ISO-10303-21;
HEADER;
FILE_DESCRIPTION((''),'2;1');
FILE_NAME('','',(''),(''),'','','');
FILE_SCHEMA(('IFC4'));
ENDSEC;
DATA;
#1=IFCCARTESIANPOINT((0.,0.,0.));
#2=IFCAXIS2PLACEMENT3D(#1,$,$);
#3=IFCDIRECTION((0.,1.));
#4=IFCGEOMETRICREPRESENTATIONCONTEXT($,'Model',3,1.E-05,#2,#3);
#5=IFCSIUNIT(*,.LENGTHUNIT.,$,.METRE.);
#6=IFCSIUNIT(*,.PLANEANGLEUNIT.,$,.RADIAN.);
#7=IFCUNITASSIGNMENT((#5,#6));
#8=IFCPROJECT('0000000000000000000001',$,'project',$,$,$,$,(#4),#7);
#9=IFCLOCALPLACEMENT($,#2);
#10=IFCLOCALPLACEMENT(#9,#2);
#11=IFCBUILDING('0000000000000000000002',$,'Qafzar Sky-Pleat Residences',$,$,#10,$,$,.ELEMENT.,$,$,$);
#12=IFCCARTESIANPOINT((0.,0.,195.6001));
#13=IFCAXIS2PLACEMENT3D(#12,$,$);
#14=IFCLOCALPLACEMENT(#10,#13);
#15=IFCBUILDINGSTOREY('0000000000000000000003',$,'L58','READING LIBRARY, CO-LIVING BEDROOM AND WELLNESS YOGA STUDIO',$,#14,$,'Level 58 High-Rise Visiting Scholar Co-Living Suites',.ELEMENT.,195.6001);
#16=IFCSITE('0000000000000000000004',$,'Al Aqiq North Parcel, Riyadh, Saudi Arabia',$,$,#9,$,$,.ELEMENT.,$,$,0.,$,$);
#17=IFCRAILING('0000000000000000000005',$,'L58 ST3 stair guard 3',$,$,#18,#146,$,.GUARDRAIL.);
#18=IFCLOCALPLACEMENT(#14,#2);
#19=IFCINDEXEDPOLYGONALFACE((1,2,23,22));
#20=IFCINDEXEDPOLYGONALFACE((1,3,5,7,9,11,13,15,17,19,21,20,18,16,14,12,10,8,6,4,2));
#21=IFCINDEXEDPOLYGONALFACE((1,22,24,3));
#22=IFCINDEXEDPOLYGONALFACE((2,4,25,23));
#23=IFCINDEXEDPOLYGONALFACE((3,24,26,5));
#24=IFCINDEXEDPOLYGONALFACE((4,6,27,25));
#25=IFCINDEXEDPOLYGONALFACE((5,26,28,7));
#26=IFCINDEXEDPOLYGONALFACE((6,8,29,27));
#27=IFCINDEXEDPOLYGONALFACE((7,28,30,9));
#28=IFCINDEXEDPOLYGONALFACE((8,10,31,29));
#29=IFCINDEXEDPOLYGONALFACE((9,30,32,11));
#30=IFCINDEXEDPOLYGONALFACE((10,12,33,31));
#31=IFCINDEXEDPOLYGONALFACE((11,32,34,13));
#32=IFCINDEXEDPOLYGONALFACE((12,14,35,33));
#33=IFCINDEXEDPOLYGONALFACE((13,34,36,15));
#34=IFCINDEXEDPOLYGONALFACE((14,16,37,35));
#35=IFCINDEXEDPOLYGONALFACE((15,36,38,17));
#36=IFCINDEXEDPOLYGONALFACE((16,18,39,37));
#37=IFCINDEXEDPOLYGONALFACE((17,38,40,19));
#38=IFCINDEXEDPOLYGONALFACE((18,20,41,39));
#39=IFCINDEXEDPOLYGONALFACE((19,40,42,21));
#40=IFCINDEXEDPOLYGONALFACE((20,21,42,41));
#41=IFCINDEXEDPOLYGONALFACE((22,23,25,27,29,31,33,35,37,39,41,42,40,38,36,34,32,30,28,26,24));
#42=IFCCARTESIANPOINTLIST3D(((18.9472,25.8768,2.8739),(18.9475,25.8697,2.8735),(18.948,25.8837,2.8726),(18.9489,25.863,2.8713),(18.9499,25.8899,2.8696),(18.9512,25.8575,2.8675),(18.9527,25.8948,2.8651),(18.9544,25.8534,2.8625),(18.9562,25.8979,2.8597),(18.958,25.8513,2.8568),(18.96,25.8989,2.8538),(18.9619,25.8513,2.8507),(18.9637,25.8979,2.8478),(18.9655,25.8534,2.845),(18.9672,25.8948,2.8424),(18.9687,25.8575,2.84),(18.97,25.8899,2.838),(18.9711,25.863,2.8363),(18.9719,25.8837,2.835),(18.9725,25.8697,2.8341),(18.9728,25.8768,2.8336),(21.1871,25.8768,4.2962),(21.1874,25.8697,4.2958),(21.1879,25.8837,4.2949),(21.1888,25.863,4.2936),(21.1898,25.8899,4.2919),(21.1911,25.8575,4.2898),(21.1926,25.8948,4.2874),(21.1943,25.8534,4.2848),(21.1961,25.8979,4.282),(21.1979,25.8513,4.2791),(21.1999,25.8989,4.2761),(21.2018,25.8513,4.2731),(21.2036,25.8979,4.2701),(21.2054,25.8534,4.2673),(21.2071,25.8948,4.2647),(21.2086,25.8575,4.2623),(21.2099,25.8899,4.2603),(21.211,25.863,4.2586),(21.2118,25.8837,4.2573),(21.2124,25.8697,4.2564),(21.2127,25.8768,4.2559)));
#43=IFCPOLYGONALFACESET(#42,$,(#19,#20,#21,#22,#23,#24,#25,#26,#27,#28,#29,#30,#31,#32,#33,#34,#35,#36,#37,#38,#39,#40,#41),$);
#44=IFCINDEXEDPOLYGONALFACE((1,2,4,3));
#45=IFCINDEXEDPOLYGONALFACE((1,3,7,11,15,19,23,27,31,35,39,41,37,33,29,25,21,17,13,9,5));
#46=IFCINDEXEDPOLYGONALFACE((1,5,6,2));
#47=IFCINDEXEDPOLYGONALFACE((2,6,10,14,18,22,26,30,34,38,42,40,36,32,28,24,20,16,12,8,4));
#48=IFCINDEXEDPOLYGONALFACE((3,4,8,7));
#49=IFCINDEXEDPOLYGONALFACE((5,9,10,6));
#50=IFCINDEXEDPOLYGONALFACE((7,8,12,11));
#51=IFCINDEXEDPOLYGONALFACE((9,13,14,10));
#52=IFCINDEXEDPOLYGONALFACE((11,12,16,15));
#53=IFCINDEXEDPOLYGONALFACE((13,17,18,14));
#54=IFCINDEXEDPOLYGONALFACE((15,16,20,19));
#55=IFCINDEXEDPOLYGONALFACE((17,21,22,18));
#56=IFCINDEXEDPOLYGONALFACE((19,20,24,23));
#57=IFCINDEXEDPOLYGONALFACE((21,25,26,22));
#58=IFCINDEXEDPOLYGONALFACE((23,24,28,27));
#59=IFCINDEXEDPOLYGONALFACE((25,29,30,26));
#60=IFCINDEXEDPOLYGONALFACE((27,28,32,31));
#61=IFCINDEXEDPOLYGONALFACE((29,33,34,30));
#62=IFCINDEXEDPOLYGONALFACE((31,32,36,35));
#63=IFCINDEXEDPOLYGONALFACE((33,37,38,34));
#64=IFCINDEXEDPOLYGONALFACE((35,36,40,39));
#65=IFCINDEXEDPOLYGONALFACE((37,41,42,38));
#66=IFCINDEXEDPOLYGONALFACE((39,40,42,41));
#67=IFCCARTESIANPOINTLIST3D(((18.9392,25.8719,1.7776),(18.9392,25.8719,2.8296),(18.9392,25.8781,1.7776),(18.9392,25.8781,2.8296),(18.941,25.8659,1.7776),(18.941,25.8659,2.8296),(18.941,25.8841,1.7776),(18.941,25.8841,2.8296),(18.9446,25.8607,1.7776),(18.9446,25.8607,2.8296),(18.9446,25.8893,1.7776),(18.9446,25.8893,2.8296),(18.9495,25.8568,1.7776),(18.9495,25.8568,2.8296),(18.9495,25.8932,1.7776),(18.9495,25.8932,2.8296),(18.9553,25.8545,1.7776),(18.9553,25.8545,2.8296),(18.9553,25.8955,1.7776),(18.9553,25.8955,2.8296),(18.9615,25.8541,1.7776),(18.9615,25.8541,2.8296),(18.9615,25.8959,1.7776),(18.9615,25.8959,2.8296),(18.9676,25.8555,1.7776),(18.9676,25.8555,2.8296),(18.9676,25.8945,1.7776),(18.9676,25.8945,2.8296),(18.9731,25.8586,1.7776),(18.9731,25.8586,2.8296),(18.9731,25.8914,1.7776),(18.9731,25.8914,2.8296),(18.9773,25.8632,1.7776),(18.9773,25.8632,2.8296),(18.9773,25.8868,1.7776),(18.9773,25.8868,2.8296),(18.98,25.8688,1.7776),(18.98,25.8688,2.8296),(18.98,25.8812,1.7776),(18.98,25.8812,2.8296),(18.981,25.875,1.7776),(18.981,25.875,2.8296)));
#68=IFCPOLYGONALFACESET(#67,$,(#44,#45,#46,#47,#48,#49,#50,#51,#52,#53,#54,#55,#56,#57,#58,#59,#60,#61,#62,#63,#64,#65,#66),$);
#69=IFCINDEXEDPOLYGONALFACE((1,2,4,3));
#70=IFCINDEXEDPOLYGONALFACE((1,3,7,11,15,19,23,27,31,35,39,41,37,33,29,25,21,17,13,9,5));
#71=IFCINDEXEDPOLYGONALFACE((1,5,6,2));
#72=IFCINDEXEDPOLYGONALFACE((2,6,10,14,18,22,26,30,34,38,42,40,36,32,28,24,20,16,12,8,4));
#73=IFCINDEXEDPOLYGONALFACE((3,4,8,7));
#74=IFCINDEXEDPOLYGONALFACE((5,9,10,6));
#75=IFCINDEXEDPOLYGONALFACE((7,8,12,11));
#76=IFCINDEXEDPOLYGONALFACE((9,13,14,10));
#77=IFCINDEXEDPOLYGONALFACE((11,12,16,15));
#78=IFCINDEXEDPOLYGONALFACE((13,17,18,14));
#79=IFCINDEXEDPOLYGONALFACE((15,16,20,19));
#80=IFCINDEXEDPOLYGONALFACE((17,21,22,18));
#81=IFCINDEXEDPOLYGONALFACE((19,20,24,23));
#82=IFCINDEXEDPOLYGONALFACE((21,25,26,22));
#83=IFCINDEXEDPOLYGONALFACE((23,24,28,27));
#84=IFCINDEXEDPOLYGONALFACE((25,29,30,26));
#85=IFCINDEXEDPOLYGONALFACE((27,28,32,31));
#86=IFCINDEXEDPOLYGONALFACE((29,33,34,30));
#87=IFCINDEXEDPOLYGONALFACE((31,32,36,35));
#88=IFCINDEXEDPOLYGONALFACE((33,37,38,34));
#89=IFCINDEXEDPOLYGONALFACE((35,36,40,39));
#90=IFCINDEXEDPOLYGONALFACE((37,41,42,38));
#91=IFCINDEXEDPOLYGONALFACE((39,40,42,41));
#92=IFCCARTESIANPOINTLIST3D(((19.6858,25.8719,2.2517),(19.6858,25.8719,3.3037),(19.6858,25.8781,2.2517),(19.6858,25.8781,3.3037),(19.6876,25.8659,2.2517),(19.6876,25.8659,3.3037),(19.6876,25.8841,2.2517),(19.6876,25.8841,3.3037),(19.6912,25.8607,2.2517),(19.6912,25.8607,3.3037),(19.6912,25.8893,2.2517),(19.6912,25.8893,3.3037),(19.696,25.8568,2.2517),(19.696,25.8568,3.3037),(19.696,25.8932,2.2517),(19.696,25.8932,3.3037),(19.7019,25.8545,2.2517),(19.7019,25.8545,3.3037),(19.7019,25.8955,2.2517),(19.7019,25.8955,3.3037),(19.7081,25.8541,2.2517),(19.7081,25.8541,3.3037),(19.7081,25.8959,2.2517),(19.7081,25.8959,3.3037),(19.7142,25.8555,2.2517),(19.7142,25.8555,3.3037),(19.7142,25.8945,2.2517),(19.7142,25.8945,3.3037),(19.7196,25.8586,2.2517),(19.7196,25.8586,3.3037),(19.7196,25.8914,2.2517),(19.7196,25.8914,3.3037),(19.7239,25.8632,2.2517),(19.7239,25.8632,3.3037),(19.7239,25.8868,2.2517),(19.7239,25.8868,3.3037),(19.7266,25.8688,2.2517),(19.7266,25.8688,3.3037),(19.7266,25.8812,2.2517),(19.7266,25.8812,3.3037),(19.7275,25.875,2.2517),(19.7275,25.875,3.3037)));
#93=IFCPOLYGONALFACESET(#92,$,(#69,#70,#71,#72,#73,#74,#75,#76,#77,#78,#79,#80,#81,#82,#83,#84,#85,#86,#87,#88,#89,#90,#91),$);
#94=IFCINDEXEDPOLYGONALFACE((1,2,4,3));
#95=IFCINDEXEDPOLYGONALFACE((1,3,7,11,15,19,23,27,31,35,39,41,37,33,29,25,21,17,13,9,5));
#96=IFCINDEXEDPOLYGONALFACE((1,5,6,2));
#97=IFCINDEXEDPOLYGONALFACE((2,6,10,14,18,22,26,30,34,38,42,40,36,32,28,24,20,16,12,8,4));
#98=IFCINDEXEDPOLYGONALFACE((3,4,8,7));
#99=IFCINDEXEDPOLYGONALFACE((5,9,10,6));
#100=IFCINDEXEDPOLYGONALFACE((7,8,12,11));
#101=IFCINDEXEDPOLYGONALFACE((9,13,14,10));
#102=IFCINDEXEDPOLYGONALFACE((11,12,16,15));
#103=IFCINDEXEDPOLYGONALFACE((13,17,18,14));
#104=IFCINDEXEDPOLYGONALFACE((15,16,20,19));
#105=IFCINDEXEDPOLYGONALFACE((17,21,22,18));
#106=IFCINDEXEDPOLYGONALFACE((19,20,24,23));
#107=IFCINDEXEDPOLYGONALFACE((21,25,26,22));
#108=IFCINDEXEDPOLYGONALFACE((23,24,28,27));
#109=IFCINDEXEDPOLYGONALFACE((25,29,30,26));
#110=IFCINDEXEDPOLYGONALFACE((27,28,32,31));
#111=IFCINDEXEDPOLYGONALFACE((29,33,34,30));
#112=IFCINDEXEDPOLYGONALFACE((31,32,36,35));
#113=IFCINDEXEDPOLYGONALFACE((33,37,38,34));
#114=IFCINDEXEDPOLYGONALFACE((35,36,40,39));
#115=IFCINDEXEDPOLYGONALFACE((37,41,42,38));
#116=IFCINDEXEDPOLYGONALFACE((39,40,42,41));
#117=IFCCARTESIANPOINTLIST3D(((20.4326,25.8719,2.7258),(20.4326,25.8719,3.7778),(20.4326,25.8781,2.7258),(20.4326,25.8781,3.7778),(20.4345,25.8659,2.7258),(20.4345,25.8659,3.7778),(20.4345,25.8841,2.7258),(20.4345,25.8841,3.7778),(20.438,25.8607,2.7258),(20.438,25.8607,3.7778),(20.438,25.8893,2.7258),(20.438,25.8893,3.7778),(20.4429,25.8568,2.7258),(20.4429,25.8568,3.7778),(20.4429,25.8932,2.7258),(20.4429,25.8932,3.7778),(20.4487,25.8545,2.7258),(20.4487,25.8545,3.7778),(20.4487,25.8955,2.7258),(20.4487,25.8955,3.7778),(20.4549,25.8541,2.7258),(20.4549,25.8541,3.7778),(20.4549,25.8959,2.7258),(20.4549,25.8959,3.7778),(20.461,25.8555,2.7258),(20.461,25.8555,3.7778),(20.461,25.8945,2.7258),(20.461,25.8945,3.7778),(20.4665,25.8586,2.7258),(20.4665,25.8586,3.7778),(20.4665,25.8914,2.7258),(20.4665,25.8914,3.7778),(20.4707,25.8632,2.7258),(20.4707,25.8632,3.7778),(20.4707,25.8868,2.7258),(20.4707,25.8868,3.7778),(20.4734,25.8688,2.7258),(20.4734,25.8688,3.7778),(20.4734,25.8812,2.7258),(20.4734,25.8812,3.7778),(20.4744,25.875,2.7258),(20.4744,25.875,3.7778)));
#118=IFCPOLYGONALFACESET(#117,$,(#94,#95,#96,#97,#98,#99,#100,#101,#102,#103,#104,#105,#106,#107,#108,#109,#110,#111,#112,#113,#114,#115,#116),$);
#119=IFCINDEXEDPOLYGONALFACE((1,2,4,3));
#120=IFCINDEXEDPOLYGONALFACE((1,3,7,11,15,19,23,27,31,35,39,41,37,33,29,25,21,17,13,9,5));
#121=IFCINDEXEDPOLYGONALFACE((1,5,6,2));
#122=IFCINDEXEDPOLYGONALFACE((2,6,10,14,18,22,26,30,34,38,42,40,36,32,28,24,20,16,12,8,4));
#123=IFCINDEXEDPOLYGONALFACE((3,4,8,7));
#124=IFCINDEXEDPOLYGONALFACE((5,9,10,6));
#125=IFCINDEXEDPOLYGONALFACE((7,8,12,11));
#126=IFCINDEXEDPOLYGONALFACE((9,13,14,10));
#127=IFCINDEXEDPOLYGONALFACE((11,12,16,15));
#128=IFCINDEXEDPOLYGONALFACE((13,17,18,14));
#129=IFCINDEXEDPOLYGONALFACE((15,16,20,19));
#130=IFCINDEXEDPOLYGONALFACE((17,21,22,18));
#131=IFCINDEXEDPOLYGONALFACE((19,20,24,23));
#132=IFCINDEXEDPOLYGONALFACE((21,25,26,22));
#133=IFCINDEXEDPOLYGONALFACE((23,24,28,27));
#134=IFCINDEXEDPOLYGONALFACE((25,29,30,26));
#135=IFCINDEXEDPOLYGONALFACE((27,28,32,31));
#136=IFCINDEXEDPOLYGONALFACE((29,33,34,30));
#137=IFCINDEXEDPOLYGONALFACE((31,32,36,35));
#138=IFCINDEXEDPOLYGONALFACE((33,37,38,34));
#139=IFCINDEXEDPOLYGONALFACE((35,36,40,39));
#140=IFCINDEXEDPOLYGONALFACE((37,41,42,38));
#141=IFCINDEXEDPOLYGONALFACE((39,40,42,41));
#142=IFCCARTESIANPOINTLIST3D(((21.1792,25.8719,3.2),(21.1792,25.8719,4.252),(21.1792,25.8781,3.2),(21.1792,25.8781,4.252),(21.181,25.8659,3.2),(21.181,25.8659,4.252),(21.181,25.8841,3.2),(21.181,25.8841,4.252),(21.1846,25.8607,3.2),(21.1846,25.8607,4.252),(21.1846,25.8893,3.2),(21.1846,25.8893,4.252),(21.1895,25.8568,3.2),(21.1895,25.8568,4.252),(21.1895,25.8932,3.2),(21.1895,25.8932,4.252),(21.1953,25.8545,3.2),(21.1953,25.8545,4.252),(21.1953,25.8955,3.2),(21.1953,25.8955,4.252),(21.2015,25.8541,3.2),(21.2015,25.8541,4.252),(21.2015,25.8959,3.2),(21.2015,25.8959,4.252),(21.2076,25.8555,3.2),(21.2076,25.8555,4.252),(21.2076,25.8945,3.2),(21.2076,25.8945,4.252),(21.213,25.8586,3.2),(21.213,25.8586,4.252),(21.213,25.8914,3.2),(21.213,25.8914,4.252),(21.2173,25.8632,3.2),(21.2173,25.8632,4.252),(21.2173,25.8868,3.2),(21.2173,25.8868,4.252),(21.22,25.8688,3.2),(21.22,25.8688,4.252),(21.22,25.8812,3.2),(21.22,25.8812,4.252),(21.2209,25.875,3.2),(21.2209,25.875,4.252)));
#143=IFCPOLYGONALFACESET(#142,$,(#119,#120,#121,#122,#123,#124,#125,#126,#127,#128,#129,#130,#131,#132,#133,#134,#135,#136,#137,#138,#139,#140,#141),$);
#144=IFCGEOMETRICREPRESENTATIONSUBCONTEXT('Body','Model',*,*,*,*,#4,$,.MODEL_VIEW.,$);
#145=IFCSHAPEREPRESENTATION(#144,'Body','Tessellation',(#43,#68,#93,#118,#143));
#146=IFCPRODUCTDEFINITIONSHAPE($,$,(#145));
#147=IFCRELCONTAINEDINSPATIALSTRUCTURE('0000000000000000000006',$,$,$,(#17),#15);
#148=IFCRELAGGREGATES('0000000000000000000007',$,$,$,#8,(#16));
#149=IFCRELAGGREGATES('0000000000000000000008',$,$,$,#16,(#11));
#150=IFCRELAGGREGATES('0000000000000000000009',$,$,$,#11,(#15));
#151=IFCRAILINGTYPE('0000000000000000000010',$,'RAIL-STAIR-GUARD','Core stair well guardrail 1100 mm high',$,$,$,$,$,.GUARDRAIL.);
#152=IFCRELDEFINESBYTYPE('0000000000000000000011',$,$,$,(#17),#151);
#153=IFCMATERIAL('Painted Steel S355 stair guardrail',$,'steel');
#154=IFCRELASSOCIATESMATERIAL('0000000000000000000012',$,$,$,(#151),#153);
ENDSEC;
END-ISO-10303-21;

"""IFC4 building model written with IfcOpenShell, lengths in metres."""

from ifc_helpers import new_model, si_unit, direction, frame, origin, origin_2d, place, context, subcontext, project, spatial, circle, extrude, source, transform, mapped, material, type_object, element, save


model = new_model("IFC4")

# Units and contexts
model_context = context("Model", 3, precision=1e-05, world=origin(), true_north=direction((0.0, 1.0)))
body_context = subcontext(model_context, "Body", "Model", "MODEL_VIEW")
ifc_project = project(units=[si_unit("LENGTHUNIT", "METRE"), si_unit("PLANEANGLEUNIT", "RADIAN")], contexts=[model_context])

# Site, building, storey
site_placement = place(None, origin())
site = spatial("IfcSite", under=ifc_project, at=site_placement, Name="Al Aqiq North Parcel, Riyadh, Saudi Arabia", CompositionType="ELEMENT", RefElevation=0.0)
building_placement = place(site_placement, origin())
building = spatial("IfcBuilding", under=site, at=building_placement, Name="Qafzar Sky-Pleat Residences", CompositionType="ELEMENT")
storey_placement = place(building_placement, frame((0.0, 0.0, 195.6001)))
storey = spatial("IfcBuildingStorey", under=building, at=storey_placement, Name="L58", Description="READING LIBRARY, CO-LIVING BEDROOM AND WELLNESS YOGA STUDIO", LongName="Level 58 High-Rise Visiting Scholar Co-Living Suites", CompositionType="ELEMENT", Elevation=195.6001)

# Railing
ifc_material_1 = material(Name="Painted Steel S355 stair guardrail", Category="steel")
railing_type_1 = type_object("IfcRailingType", Name="RAIL-STAIR-GUARD", Description="Core stair well guardrail 1100 mm high", PredefinedType="GUARDRAIL", material=ifc_material_1)
shared_shape_1 = source(origin(), body_context, "Body", "SweptSolid", [
    extrude(circle(Radius=0.0239, at=origin_2d()), frame((0.0, 0.0, 1.0762), z_axis=(0.844188, 0.0, 0.536048), x_axis=(0.0, 1.0, 0.0)), (0.0, 0.0, 1.0), 2.6533),
    extrude(circle(Radius=0.021, at=origin_2d()), origin(), (0.0, 0.0, 1.0), 1.052),
    extrude(circle(Radius=0.021, at=origin_2d()), frame((0.7466, 0.0, 0.4741)), (0.0, 0.0, 1.0), 1.052),
    extrude(circle(Radius=0.021, at=origin_2d()), frame((1.4934, 0.0, 0.9482)), (0.0, 0.0, 1.0), 1.052),
    extrude(circle(Radius=0.021, at=origin_2d()), frame((2.24, 0.0, 1.4224)), (0.0, 0.0, 1.0), 1.052),
])
railing_1_placement = place(storey_placement, frame((18.96, 25.875, 1.7776)))
element("IfcRailing", 1, at=railing_1_placement, inside=storey, type_object=railing_type_1, Name="L58 ST3 stair guard 3", PredefinedType="GUARDRAIL", context=body_context, shape_type="MappedRepresentation", body=[
    mapped(shared_shape_1, transform((0.0, 0.0, 0.0), x_axis=(1.0, 0.0, 0.0), y_axis=(0.0, 1.0, 0.0), z_axis=(0.0, 0.0, 1.0), scale=1.0)),
])

save(model, "model.ifc")
